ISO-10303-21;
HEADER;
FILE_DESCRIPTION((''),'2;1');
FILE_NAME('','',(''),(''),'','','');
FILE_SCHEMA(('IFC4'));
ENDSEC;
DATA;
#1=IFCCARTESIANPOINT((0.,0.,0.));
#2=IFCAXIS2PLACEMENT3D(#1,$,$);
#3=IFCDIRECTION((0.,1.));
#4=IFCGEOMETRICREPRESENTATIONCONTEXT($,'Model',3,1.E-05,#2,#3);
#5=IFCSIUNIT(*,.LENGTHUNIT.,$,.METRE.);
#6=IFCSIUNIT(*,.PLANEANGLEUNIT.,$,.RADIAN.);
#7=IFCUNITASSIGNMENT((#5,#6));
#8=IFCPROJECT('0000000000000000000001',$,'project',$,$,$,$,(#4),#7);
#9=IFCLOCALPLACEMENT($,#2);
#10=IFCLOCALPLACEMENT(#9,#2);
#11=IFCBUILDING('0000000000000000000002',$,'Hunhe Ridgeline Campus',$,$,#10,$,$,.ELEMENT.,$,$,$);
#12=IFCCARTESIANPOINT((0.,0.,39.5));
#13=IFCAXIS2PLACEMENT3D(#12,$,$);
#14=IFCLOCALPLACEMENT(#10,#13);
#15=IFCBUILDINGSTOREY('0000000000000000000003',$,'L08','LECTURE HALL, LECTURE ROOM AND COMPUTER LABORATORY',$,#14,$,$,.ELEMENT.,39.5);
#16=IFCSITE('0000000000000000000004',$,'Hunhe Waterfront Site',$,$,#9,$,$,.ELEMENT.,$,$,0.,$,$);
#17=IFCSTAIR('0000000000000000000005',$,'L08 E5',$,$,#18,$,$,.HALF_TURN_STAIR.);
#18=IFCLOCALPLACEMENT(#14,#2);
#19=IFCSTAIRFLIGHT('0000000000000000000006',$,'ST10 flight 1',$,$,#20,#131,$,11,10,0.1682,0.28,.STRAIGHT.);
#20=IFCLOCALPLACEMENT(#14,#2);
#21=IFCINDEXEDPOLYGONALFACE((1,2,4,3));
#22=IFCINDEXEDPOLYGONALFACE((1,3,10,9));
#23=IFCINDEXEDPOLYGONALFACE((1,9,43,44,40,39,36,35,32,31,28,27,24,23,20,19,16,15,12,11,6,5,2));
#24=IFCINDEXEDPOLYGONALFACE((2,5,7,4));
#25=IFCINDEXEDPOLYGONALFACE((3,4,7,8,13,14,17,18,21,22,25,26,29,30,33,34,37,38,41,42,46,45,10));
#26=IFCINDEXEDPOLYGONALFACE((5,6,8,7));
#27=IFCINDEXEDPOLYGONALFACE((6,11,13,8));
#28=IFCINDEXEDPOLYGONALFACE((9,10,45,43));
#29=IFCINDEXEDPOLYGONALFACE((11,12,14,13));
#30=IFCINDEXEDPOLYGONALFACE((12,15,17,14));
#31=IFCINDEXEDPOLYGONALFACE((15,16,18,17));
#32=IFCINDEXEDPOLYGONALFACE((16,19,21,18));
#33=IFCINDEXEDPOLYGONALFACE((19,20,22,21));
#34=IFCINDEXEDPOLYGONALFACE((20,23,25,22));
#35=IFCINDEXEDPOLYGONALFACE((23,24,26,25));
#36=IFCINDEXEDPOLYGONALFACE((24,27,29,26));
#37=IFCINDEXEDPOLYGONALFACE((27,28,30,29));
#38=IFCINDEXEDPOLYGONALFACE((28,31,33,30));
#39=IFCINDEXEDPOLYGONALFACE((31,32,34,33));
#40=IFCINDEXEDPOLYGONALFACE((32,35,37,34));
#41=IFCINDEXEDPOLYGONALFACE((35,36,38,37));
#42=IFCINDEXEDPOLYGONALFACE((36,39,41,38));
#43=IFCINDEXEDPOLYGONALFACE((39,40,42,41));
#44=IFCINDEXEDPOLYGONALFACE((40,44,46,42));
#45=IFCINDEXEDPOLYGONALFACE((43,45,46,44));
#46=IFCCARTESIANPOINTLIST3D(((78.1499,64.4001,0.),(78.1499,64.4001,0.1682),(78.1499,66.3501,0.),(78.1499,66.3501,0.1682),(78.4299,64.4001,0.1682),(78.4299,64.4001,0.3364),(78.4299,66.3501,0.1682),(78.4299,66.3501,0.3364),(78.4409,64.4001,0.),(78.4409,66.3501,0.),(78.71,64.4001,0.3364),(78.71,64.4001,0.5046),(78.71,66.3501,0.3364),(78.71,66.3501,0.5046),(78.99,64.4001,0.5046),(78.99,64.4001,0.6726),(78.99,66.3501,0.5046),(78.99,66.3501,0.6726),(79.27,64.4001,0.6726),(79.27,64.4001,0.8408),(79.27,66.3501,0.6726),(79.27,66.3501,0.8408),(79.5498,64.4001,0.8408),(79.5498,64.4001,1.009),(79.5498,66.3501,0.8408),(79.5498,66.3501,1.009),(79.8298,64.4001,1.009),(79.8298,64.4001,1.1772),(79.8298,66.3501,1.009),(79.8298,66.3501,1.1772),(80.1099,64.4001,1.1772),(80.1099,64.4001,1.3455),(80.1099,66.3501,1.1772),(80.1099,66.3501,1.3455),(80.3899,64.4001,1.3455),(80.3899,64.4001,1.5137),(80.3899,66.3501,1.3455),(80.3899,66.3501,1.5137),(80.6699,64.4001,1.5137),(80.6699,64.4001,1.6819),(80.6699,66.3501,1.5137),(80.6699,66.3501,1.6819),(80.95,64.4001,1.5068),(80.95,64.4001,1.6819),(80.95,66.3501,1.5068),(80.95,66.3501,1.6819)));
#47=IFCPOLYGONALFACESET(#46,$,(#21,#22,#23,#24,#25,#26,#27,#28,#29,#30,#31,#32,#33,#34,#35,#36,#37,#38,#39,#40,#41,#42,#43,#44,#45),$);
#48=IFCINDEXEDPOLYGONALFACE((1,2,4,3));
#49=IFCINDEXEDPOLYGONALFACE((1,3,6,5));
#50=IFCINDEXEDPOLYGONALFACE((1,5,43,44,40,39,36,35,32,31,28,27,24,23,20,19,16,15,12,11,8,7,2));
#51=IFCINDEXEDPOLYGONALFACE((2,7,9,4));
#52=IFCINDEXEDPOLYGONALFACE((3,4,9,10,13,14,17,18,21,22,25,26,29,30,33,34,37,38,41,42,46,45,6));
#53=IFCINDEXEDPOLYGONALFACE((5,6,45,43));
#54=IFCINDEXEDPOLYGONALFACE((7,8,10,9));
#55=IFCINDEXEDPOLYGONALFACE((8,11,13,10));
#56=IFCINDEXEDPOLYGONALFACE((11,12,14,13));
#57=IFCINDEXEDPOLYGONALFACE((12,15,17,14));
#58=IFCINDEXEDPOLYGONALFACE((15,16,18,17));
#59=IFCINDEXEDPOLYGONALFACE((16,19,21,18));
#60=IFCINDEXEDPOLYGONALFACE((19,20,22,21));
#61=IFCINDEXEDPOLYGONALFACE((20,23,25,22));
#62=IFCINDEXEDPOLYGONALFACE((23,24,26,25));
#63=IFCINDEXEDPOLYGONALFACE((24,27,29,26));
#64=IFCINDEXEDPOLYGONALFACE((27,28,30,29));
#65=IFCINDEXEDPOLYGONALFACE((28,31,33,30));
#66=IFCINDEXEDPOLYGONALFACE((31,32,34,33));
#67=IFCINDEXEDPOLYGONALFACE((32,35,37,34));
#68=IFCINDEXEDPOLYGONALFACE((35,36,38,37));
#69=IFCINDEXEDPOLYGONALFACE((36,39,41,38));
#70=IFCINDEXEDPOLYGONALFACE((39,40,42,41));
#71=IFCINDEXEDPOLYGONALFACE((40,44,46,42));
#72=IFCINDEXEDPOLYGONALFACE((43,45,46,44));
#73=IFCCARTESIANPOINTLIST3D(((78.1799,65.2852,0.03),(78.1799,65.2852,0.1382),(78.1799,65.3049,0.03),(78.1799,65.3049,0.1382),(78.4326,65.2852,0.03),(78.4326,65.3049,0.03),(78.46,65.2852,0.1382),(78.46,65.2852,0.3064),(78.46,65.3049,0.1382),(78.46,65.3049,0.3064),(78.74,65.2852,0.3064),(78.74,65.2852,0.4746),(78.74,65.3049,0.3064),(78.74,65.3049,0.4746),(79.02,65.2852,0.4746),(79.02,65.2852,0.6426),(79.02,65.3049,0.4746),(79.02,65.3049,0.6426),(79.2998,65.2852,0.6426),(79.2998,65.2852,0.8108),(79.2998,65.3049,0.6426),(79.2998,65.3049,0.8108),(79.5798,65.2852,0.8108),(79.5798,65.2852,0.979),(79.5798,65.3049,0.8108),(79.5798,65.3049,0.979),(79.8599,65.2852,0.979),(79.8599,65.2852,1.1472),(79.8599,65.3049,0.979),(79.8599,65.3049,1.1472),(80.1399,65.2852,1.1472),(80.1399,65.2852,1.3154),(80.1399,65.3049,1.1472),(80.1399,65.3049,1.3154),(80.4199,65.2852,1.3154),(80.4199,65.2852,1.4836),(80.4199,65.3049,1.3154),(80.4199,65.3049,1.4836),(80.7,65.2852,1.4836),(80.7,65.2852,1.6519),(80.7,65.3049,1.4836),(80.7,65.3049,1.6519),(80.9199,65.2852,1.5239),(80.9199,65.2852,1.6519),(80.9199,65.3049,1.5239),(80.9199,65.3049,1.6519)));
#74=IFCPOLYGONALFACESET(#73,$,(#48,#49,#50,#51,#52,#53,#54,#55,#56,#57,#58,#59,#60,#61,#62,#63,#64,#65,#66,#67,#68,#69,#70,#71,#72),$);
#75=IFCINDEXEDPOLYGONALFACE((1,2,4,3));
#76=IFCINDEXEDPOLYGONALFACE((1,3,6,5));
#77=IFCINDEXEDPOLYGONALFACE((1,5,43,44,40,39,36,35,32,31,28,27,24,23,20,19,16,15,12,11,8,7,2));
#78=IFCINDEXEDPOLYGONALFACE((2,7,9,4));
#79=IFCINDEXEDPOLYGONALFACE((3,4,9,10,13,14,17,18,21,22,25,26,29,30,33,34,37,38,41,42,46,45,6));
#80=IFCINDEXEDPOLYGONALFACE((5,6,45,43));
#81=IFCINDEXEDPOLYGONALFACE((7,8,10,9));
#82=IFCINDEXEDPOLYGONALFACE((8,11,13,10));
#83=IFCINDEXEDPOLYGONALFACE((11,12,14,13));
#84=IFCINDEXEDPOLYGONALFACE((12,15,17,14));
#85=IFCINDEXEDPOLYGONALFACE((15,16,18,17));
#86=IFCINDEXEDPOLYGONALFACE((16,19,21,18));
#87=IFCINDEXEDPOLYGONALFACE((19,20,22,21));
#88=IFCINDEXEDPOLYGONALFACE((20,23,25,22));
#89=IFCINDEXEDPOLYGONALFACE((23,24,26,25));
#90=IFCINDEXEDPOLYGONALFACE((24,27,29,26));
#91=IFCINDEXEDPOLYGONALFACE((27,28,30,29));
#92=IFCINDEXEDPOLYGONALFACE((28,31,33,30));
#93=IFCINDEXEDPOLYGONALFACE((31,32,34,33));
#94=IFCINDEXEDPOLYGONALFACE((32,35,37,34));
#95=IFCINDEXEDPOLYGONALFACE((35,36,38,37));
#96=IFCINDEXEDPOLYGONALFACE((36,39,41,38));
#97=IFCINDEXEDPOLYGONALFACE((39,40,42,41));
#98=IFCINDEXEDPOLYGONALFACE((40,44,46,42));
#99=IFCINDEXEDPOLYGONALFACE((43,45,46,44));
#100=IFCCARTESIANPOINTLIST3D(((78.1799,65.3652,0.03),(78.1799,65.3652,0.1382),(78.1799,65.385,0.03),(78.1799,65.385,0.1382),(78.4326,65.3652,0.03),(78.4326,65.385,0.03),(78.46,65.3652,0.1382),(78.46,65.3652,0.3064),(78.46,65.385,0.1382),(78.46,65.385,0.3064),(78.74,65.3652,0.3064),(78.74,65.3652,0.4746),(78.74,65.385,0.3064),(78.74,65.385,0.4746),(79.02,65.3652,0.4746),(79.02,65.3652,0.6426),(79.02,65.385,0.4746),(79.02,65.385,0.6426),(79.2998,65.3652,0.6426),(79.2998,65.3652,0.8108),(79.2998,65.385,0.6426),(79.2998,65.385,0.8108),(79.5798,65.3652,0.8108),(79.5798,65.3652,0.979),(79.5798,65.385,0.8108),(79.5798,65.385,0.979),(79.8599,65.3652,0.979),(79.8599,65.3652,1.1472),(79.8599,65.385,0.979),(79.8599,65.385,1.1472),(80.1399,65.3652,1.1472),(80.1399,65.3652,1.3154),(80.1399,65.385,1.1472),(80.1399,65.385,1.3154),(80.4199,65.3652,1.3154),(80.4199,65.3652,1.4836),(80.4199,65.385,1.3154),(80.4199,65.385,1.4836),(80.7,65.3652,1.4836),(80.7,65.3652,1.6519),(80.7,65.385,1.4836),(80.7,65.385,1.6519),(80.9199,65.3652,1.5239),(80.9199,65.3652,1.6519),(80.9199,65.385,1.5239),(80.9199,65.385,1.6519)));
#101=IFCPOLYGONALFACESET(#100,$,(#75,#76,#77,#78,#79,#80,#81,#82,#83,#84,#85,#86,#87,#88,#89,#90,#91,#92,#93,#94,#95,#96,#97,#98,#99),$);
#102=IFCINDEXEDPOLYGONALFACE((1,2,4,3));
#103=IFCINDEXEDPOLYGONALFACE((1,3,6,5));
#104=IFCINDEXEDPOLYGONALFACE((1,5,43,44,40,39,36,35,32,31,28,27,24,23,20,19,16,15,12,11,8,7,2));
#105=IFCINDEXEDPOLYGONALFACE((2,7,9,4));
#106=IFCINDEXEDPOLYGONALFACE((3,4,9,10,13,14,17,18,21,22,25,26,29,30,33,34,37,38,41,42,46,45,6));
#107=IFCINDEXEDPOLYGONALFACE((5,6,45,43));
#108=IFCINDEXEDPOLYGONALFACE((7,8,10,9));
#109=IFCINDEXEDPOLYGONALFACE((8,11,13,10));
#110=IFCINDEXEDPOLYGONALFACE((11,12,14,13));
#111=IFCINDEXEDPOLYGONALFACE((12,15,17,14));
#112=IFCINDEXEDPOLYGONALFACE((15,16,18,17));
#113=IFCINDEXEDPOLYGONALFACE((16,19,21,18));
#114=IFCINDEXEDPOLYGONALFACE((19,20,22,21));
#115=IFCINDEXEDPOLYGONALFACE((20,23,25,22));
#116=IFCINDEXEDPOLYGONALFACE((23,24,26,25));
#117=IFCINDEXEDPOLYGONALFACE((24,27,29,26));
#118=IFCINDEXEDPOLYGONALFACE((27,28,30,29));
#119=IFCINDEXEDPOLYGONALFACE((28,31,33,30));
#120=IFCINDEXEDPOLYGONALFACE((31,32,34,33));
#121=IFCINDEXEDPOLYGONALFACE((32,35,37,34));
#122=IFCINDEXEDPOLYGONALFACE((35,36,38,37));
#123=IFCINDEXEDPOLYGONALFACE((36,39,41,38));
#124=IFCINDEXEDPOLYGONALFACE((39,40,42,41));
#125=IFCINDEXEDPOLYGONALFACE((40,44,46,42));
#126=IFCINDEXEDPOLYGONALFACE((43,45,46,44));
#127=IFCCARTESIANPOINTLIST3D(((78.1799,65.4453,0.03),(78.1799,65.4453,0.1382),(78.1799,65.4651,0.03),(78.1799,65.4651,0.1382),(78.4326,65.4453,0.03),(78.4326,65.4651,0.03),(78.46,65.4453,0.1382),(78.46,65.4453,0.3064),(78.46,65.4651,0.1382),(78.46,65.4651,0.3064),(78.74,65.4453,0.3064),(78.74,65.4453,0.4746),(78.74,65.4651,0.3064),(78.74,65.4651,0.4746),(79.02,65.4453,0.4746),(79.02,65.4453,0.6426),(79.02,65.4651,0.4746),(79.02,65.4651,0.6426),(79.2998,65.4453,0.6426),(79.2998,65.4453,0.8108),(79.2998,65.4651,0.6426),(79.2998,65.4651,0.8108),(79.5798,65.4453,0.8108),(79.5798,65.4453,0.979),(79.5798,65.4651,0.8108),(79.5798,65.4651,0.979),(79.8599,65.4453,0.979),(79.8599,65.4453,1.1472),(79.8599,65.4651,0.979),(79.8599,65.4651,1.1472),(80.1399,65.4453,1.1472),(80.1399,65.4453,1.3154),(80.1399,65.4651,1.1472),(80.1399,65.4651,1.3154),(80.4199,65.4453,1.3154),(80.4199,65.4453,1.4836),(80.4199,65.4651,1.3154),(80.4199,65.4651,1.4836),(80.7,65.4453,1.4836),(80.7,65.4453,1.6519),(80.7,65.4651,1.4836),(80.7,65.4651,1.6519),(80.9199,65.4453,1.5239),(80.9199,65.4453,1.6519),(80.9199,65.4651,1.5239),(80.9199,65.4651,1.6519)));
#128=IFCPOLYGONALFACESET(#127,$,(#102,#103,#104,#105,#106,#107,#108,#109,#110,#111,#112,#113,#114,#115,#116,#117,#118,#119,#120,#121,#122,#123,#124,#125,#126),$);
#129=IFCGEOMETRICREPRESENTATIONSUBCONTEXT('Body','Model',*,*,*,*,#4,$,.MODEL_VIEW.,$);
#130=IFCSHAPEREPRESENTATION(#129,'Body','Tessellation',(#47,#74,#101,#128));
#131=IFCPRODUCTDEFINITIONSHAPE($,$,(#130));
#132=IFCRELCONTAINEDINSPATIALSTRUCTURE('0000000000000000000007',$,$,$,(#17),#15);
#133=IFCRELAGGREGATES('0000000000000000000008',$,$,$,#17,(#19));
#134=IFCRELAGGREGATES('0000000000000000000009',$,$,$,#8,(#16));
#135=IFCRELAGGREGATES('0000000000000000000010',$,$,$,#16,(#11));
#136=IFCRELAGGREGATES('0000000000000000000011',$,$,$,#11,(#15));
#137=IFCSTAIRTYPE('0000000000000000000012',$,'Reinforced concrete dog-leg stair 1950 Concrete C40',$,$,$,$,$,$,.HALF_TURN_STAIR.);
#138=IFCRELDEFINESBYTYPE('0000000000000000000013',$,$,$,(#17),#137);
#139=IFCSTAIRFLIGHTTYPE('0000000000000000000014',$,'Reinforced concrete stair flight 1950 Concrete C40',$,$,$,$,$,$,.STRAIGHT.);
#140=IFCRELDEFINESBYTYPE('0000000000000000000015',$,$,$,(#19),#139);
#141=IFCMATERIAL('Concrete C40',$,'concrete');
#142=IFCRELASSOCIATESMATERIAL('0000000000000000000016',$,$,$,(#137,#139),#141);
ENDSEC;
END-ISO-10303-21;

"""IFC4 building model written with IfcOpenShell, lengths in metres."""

from ifc_helpers import new_model, si_unit, direction, frame, origin, place, context, subcontext, project, spatial, polyline, outline, extrude, material, type_object, element, aggregate, save


model = new_model("IFC4")

# Units and contexts
model_context = context("Model", 3, precision=1e-05, world=origin(), true_north=direction((0.0, 1.0)))
body_context = subcontext(model_context, "Body", "Model", "MODEL_VIEW")
ifc_project = project(units=[si_unit("LENGTHUNIT", "METRE"), si_unit("PLANEANGLEUNIT", "RADIAN")], contexts=[model_context])

# Site, building, storey
site_placement = place(None, origin())
site = spatial("IfcSite", under=ifc_project, at=site_placement, Name="Hunhe Waterfront Site", CompositionType="ELEMENT", RefElevation=0.0)
building_placement = place(site_placement, origin())
building = spatial("IfcBuilding", under=site, at=building_placement, Name="Hunhe Ridgeline Campus", CompositionType="ELEMENT")
storey_placement = place(building_placement, frame((0.0, 0.0, 39.5)))
storey = spatial("IfcBuildingStorey", under=building, at=storey_placement, Name="L08", Description="LECTURE HALL, LECTURE ROOM AND COMPUTER LABORATORY", CompositionType="ELEMENT", Elevation=39.5)

# Stair, stair flight
ifc_material_1 = material(Name="Concrete C40", Category="concrete")
stair_type = type_object("IfcStairType", Name="Reinforced concrete dog-leg stair 1950 Concrete C40", PredefinedType="HALF_TURN_STAIR", material=ifc_material_1)
stair_placement = place(storey_placement, origin())
stair = element("IfcStair", 1, at=stair_placement, inside=storey, type_object=stair_type, Name="L08 E5", PredefinedType="HALF_TURN_STAIR")
stair_flight_type = type_object("IfcStairFlightType", Name="Reinforced concrete stair flight 1950 Concrete C40", PredefinedType="STRAIGHT", material=ifc_material_1)
stair_flight_1_placement = place(storey_placement, frame((78.1499, 65.375, 0.0), z_axis=(0.0, 0.0, 1.0), x_axis=(1.0, 0.0, 0.0)))
stair_flight_1 = element("IfcStairFlight", 2, at=stair_flight_1_placement, type_object=stair_flight_type, Name="ST10 flight 1", NumberOfRisers=11, NumberOfTreads=10, PredefinedType="STRAIGHT", RiserHeight=0.1682, TreadLength=0.28, context=body_context, shape_type="SweptSolid", body=[
    extrude(outline(polyline([(0.0, 0.0), (0.0, 0.1682), (0.28, 0.1682), (0.28, 0.3364), (0.5601, 0.3364), (0.5601, 0.5046), (0.8401, 0.5046), (0.8401, 0.6726), (1.1201, 0.6726), (1.1201, 0.8408), (1.3999, 0.8408), (1.3999, 1.009), (1.6799, 1.009), (1.6799, 1.1772), (1.96, 1.1772), (1.96, 1.3455), (2.24, 1.3455), (2.24, 1.5137), (2.52, 1.5137), (2.52, 1.6819), (2.8, 1.6819), (2.8, 1.8501), (2.8, 1.5068), (0.291, 0.0), (0.0, 0.0)])), frame((0.0, 0.9751, 0.0), z_axis=(0.0, -1.0, 0.0), x_axis=(1.0, 0.0, 0.0)), (0.0, 0.0, 1.0), 1.95),
    extrude(outline(polyline([(0.03, 0.03), (0.03, 0.1382), (0.3101, 0.1382), (0.3101, 0.3064), (0.5901, 0.3064), (0.5901, 0.4746), (0.8701, 0.4746), (0.8701, 0.6426), (1.1499, 0.6426), (1.1499, 0.8108), (1.4299, 0.8108), (1.4299, 0.979), (1.71, 0.979), (1.71, 1.1472), (1.99, 1.1472), (1.99, 1.3154), (2.27, 1.3154), (2.27, 1.4836), (2.55, 1.4836), (2.55, 1.6519), (2.77, 1.6519), (2.77, 1.5239), (0.2827, 0.03), (0.03, 0.03)])), frame((0.0, -0.0701, 0.0), z_axis=(0.0, -1.0, 0.0), x_axis=(1.0, 0.0, 0.0)), (0.0, 0.0, 1.0), 0.0198),
    extrude(outline(polyline([(0.03, 0.03), (0.03, 0.1382), (0.3101, 0.1382), (0.3101, 0.3064), (0.5901, 0.3064), (0.5901, 0.4746), (0.8701, 0.4746), (0.8701, 0.6426), (1.1499, 0.6426), (1.1499, 0.8108), (1.4299, 0.8108), (1.4299, 0.979), (1.71, 0.979), (1.71, 1.1472), (1.99, 1.1472), (1.99, 1.3154), (2.27, 1.3154), (2.27, 1.4836), (2.55, 1.4836), (2.55, 1.6519), (2.77, 1.6519), (2.77, 1.5239), (0.2827, 0.03), (0.03, 0.03)])), frame((0.0, 0.01, 0.0), z_axis=(0.0, -1.0, 0.0), x_axis=(1.0, 0.0, 0.0)), (0.0, 0.0, 1.0), 0.0198),
    extrude(outline(polyline([(0.03, 0.03), (0.03, 0.1382), (0.3101, 0.1382), (0.3101, 0.3064), (0.5901, 0.3064), (0.5901, 0.4746), (0.8701, 0.4746), (0.8701, 0.6426), (1.1499, 0.6426), (1.1499, 0.8108), (1.4299, 0.8108), (1.4299, 0.979), (1.71, 0.979), (1.71, 1.1472), (1.99, 1.1472), (1.99, 1.3154), (2.27, 1.3154), (2.27, 1.4836), (2.55, 1.4836), (2.55, 1.6519), (2.77, 1.6519), (2.77, 1.5239), (0.2827, 0.03), (0.03, 0.03)])), frame((0.0, 0.0901, 0.0), z_axis=(0.0, -1.0, 0.0), x_axis=(1.0, 0.0, 0.0)), (0.0, 0.0, 1.0), 0.0198),
])
aggregate(stair, [stair_flight_1])

save(model, "model.ifc")
